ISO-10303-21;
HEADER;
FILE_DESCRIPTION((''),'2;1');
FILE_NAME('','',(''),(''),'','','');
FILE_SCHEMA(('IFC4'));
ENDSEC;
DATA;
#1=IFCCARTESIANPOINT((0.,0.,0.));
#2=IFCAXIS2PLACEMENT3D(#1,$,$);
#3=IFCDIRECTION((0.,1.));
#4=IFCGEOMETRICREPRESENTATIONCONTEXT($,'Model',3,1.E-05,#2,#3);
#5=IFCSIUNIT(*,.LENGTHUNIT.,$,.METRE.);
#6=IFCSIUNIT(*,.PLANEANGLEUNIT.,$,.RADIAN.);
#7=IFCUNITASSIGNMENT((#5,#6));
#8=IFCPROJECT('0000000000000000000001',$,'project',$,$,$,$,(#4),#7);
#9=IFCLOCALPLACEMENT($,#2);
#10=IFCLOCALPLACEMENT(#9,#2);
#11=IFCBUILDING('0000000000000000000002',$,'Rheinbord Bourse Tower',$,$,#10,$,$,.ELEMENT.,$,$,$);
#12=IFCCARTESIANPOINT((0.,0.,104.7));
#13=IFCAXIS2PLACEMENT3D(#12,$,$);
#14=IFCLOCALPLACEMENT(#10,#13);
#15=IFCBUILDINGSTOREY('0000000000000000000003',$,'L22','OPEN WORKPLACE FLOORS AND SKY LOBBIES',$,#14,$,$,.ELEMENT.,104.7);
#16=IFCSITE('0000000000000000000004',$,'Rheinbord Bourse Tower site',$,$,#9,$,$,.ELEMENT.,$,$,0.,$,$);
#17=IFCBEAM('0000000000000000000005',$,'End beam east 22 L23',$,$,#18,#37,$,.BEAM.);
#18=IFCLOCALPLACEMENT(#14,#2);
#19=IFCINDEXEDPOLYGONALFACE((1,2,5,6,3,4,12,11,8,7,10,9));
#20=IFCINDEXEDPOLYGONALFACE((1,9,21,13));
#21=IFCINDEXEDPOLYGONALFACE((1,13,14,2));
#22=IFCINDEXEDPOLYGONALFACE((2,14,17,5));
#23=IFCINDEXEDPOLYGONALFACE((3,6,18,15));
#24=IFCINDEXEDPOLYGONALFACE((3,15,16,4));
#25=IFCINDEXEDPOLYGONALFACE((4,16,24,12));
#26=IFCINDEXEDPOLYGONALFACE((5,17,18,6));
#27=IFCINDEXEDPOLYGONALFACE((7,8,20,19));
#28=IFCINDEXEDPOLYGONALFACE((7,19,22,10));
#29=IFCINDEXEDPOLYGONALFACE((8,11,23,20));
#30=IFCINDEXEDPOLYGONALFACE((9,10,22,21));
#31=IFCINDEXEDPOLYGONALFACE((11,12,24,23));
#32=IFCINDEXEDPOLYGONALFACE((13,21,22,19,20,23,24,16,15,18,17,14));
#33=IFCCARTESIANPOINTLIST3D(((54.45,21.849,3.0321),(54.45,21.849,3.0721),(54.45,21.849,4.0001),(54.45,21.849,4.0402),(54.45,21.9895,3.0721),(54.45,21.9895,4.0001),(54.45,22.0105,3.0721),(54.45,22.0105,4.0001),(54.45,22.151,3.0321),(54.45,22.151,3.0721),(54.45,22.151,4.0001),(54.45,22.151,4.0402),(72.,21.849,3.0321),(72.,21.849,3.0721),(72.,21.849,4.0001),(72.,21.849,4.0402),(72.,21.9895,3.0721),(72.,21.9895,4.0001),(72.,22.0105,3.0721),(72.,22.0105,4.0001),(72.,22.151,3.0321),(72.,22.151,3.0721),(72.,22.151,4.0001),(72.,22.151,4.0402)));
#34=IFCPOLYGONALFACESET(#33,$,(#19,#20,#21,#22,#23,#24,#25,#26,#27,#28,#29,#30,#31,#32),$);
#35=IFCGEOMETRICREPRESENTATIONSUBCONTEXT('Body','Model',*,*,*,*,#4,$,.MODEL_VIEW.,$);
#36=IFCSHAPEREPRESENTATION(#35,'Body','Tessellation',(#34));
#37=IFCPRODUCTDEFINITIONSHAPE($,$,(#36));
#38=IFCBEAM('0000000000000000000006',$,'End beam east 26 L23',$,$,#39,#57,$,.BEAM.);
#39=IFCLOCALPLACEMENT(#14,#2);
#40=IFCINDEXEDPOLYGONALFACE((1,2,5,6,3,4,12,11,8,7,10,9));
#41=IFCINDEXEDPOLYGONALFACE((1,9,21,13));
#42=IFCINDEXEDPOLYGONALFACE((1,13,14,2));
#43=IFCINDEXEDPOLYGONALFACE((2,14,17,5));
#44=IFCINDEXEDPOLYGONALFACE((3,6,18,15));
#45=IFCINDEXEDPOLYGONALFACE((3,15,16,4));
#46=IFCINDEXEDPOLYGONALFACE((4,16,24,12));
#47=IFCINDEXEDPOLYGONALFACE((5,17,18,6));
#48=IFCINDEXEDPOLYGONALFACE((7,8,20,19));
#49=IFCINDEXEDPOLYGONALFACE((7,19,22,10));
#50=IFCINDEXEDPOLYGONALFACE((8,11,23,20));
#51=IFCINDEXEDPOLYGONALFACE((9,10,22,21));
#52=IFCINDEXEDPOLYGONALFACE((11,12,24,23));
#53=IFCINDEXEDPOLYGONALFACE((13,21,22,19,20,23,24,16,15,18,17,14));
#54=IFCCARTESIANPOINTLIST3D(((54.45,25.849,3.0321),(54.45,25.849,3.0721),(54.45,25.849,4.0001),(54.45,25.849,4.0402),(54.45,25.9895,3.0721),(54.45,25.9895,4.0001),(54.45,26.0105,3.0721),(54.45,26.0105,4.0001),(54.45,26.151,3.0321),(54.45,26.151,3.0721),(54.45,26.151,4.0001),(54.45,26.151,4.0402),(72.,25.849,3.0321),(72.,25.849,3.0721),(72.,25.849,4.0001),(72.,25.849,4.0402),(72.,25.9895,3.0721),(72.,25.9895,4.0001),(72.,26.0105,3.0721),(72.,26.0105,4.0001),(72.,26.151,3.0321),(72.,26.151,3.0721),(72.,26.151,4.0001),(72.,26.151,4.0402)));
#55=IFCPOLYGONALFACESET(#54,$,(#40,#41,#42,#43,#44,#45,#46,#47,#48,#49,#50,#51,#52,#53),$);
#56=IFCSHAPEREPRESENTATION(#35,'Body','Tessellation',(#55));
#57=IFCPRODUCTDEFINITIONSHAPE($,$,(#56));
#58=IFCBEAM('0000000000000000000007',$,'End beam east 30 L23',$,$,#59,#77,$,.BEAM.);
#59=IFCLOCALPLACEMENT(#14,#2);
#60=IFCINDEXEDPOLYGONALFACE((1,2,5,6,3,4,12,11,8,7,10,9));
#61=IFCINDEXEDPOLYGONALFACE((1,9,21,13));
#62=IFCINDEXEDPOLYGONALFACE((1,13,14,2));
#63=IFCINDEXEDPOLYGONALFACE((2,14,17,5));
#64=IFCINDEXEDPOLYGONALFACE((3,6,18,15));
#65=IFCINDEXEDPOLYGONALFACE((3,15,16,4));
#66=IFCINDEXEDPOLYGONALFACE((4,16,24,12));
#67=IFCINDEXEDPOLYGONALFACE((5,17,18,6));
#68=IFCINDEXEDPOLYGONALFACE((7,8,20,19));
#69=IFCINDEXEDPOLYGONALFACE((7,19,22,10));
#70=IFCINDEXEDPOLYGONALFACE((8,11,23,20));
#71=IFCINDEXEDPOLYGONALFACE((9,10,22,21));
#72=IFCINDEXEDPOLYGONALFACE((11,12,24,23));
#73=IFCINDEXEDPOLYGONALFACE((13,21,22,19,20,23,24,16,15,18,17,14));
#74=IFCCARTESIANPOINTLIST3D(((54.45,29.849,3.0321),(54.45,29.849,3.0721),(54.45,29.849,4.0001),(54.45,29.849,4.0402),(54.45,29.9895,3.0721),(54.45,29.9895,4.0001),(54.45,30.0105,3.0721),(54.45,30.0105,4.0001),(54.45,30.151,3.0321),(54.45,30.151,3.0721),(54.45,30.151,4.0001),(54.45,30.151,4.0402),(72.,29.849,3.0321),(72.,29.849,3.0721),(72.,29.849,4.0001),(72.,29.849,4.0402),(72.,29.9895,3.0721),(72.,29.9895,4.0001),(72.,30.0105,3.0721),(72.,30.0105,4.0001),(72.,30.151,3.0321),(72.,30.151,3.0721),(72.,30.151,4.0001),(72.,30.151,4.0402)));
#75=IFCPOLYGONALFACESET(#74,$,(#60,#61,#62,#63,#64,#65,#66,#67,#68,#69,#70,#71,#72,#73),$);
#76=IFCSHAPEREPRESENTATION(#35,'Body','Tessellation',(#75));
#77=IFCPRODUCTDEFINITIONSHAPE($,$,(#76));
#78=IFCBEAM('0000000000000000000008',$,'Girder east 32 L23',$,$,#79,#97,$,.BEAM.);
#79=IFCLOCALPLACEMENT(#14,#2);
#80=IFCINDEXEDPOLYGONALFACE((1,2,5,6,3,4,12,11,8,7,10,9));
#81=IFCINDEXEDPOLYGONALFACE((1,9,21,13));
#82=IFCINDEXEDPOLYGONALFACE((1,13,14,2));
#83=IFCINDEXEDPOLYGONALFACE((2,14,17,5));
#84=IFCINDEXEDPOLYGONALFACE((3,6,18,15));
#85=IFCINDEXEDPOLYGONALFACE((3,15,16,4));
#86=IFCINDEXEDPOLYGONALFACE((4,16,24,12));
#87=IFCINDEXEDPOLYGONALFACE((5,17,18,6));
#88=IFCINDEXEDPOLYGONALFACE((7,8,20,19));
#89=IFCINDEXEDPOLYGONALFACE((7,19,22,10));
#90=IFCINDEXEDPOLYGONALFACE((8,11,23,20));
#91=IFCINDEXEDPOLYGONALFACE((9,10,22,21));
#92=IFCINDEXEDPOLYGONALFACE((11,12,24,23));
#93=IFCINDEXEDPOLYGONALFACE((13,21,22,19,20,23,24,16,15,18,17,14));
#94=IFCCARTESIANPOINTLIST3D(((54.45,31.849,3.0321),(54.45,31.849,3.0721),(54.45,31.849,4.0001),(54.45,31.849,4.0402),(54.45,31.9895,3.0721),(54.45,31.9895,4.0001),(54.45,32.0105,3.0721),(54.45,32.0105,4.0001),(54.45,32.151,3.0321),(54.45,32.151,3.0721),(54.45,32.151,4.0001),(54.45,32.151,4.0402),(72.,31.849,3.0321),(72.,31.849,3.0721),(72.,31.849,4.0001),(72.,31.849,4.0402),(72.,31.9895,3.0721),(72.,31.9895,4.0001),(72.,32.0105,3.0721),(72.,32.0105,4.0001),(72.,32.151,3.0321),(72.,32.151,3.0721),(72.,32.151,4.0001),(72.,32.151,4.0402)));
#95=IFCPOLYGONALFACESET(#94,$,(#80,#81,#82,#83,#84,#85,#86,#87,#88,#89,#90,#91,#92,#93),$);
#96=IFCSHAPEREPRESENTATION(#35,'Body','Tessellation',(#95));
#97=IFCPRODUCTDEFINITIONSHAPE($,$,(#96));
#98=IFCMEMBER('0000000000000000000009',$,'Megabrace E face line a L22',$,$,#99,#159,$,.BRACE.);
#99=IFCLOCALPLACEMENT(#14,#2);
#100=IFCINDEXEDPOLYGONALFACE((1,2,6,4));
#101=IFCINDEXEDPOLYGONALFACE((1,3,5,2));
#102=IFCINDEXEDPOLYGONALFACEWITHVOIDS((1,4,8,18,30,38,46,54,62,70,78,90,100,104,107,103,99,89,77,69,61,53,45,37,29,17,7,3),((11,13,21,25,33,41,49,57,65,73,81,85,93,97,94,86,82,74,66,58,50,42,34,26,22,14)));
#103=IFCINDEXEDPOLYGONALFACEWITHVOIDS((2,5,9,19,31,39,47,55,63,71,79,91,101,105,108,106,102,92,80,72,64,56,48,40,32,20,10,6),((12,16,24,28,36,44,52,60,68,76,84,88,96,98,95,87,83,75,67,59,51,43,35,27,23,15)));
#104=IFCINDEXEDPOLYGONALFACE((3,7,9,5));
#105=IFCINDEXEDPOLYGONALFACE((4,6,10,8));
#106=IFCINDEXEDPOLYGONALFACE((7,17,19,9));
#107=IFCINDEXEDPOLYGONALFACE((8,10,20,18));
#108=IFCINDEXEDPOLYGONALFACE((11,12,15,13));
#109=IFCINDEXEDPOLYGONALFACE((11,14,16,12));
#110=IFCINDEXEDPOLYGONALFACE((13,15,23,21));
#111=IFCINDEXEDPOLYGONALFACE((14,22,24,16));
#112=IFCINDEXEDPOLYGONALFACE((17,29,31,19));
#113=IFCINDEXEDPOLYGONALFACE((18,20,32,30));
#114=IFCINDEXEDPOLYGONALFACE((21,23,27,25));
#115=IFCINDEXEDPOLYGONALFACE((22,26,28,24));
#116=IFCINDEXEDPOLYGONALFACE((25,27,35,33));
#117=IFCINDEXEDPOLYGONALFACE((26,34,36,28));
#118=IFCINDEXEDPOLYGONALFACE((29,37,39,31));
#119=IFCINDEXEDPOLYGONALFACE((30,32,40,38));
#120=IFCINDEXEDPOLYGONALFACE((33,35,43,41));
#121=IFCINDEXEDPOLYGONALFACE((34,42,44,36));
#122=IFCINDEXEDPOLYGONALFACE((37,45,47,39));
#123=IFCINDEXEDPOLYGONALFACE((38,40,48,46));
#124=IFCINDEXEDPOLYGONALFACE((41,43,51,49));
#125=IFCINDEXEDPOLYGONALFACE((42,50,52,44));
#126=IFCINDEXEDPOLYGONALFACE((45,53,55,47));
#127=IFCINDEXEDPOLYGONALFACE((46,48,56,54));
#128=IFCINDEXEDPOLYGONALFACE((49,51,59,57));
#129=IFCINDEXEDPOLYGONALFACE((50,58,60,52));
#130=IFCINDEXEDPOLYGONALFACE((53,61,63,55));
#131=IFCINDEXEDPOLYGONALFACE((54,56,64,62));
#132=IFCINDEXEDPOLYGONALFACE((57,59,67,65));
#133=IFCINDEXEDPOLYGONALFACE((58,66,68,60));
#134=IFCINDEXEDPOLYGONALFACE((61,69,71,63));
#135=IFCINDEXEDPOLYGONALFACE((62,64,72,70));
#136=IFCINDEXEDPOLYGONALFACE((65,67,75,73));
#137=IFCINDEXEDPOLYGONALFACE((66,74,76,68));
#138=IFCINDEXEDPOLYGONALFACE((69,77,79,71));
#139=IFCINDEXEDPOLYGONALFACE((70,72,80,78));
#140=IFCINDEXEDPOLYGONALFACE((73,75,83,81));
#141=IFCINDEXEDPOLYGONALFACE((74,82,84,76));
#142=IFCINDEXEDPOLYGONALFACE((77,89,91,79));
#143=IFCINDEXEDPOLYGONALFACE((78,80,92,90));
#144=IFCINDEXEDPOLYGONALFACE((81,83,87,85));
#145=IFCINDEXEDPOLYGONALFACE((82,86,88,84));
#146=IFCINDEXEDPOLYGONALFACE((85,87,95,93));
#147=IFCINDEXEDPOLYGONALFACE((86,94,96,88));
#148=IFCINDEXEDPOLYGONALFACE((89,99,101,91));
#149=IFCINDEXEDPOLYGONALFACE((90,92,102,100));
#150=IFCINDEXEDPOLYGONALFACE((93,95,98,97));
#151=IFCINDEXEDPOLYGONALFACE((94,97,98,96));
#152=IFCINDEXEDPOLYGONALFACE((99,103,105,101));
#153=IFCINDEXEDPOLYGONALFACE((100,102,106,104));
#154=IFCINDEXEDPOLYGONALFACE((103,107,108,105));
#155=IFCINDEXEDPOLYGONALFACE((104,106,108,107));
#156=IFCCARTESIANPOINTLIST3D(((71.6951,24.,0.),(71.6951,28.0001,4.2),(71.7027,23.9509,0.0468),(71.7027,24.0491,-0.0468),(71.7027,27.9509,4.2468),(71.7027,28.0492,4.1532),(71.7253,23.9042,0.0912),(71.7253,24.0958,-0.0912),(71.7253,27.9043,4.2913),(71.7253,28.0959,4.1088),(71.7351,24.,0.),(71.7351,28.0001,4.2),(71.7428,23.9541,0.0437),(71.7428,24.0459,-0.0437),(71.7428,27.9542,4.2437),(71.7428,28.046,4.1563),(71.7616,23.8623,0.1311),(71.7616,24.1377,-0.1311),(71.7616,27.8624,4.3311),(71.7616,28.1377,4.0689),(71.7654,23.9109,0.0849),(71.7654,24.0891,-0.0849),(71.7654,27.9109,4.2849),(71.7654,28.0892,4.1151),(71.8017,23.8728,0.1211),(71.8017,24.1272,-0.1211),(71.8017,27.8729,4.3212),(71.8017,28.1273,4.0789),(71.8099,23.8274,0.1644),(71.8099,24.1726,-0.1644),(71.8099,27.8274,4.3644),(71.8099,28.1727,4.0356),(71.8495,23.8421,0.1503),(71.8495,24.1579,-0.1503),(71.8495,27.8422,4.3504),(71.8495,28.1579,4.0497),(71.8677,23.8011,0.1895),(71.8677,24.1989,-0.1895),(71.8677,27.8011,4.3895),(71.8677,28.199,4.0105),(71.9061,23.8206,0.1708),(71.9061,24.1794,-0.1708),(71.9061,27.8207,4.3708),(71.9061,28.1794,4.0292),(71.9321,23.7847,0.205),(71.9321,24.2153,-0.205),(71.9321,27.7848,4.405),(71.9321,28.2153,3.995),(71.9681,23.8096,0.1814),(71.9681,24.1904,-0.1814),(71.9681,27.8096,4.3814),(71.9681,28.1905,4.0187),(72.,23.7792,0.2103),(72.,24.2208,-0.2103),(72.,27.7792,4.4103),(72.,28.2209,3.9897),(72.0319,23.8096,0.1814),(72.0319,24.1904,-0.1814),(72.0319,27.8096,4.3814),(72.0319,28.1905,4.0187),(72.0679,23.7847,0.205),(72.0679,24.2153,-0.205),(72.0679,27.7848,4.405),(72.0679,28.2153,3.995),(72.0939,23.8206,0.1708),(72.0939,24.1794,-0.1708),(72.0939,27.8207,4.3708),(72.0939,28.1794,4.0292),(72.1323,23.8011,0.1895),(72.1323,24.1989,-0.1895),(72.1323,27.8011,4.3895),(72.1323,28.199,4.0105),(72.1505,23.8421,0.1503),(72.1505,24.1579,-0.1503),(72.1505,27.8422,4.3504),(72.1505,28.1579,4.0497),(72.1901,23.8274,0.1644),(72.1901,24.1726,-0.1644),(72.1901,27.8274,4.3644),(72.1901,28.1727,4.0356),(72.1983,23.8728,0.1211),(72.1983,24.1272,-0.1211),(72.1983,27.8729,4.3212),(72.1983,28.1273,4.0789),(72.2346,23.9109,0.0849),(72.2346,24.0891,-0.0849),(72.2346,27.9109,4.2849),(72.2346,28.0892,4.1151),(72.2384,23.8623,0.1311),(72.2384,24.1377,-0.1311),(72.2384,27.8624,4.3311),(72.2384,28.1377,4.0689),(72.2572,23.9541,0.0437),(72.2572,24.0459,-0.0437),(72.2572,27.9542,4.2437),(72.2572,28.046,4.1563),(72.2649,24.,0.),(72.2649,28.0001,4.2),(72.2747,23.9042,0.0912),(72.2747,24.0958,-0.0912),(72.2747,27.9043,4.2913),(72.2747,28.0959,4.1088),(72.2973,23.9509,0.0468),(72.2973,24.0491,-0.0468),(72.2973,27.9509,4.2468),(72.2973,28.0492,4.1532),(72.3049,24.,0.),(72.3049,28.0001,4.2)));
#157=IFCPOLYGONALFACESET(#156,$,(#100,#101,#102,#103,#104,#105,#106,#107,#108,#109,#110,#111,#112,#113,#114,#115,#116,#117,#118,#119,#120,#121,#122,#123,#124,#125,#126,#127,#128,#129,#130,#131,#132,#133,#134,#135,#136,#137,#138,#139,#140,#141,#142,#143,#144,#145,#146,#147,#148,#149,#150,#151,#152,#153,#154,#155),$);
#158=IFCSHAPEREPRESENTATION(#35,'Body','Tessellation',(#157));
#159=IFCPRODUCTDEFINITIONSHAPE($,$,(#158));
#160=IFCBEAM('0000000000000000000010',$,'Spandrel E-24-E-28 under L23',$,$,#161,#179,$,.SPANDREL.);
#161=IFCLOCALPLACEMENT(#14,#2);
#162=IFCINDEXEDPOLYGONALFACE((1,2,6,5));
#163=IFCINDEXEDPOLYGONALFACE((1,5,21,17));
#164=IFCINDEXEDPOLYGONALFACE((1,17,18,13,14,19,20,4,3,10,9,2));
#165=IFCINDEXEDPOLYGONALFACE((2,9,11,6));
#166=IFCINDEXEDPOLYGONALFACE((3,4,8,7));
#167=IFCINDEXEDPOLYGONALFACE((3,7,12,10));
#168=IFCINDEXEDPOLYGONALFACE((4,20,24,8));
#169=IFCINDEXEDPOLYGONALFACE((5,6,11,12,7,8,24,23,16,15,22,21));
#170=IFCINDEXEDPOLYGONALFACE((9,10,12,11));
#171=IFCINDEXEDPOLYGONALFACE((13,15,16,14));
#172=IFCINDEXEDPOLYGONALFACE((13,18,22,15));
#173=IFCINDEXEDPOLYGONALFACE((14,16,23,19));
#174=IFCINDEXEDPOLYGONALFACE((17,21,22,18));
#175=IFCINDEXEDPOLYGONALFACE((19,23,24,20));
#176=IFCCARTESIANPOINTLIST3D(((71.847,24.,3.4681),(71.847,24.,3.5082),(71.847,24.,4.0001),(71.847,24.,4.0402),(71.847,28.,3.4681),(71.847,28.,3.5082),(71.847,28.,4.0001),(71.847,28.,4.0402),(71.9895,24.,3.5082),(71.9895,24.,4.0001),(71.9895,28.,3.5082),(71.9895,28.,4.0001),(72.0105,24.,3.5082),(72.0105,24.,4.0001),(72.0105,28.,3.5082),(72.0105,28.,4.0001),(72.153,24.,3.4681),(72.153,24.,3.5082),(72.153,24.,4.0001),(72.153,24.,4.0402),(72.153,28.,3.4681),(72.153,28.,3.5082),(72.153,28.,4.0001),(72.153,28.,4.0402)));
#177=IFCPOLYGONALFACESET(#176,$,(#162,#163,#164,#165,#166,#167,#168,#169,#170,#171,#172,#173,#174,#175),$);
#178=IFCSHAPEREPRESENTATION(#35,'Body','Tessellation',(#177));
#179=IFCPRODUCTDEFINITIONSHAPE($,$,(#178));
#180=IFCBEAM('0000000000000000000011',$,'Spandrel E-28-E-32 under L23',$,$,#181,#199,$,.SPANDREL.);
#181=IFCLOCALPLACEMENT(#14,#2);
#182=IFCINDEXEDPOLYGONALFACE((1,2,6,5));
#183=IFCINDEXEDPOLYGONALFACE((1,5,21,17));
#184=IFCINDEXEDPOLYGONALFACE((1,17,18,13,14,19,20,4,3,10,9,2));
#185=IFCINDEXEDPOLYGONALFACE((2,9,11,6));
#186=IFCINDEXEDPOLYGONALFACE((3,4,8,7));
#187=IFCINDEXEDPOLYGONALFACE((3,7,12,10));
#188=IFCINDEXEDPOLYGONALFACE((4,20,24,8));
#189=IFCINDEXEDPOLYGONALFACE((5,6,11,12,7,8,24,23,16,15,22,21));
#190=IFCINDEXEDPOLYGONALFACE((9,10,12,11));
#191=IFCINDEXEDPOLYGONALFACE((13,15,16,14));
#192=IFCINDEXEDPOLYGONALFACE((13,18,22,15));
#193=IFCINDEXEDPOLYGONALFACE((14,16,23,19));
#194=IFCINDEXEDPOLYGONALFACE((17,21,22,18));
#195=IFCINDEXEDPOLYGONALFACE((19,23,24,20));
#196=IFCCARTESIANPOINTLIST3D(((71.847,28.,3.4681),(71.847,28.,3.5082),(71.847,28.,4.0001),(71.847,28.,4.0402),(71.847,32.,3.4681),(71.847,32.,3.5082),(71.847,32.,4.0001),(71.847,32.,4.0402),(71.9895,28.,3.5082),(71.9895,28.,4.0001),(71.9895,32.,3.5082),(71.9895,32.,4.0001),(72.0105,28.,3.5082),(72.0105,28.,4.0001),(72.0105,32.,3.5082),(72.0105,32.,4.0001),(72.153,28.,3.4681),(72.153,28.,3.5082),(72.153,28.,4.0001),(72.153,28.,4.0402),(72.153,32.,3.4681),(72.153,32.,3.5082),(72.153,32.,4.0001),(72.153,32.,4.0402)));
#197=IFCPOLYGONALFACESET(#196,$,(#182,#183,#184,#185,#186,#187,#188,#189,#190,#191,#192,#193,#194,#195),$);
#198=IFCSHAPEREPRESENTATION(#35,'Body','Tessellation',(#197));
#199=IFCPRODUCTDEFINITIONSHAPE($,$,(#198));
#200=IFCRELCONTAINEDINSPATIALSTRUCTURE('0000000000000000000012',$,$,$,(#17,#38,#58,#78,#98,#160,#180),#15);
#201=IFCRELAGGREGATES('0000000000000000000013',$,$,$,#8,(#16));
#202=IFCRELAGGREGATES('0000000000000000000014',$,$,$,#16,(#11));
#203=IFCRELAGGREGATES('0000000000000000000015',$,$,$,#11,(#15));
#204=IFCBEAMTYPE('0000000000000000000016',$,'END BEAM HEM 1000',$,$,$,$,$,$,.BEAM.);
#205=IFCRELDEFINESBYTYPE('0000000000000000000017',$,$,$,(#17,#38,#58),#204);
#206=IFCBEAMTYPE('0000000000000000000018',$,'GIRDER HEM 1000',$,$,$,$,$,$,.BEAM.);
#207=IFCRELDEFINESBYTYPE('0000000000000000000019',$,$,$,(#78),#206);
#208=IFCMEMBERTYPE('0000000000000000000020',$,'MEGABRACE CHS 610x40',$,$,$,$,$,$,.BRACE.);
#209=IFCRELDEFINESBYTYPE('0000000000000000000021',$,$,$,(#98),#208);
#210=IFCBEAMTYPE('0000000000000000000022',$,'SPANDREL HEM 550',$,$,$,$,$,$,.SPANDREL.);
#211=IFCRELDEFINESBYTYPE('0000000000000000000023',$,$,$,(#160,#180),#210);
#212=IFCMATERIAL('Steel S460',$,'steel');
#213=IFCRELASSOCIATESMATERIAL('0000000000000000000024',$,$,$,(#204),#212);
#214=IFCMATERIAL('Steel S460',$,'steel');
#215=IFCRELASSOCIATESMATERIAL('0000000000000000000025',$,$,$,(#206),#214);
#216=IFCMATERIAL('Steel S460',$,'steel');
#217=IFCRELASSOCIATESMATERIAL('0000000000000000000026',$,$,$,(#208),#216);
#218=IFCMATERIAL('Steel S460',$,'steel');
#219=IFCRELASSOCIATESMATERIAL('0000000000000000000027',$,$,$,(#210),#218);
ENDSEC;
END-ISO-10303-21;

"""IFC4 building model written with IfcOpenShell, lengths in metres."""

from ifc_helpers import new_model, si_unit, direction, frame, origin, origin_2d, place, context, subcontext, project, spatial, hollow_circle, i_section, extrude, material, material_profile, profile_set, type_object, element, save


model = new_model("IFC4")

# Units and contexts
model_context = context("Model", 3, precision=1e-05, world=origin(), true_north=direction((0.0, 1.0)))
body_context = subcontext(model_context, "Body", "Model", "MODEL_VIEW")
ifc_project = project(units=[si_unit("LENGTHUNIT", "METRE"), si_unit("PLANEANGLEUNIT", "RADIAN")], contexts=[model_context])

# Site, building, storey
site_placement = place(None, origin())
site = spatial("IfcSite", under=ifc_project, at=site_placement, Name="Rheinbord Bourse Tower site", CompositionType="ELEMENT", RefElevation=0.0)
building_placement = place(site_placement, origin())
building = spatial("IfcBuilding", under=site, at=building_placement, Name="Rheinbord Bourse Tower", CompositionType="ELEMENT")
storey_placement = place(building_placement, frame((0.0, 0.0, 104.7)))
storey = spatial("IfcBuildingStorey", under=building, at=storey_placement, Name="L22", Description="OPEN WORKPLACE FLOORS AND SKY LOBBIES", CompositionType="ELEMENT", Elevation=104.7)

# Beams
ifc_material_1 = material(Name="Steel S460", Category="steel")
ifc_material_profile_1 = material_profile(ifc_material_1, i_section(OverallWidth=0.302, OverallDepth=1.0081, WebThickness=0.021, FlangeThickness=0.04, at=origin_2d()), Name="HEM 1000")
ifc_profile_set_1 = profile_set([ifc_material_profile_1], Name="Steel S460")
beam_type_1 = type_object("IfcBeamType", Name="END BEAM HEM 1000", PredefinedType="BEAM", material=ifc_profile_set_1)
for number, where, z_axis, x_axis, name in (
    (1, (54.45, 22.0, 3.5361), (1.0, 0.0, 0.0), (0.0, 1.0, 0.0), "End beam east 22 L23"),
    (2, (54.45, 26.0, 3.5361), (1.0, 0.0, 0.0), (0.0, 1.0, 0.0), "End beam east 26 L23"),
    (3, (54.45, 30.0, 3.5361), (1.0, 0.0, 0.0), (0.0, 1.0, 0.0), "End beam east 30 L23"),
):
    element("IfcBeam", number, at=place(storey_placement, frame(where, z_axis=z_axis, x_axis=x_axis)), inside=storey, type_object=beam_type_1, Name=name, PredefinedType="BEAM", context=body_context, shape_type="SweptSolid", body=[
        extrude(i_section(OverallWidth=0.302, OverallDepth=1.0081, WebThickness=0.021, FlangeThickness=0.04, at=origin_2d()), origin(), (0.0, 0.0, 1.0), 17.55),
    ])
ifc_material_2 = material(Name="Steel S460", Category="steel")
ifc_material_profile_2 = material_profile(ifc_material_2, i_section(OverallWidth=0.302, OverallDepth=1.0081, WebThickness=0.021, FlangeThickness=0.04, at=origin_2d()), Name="HEM 1000")
ifc_profile_set_2 = profile_set([ifc_material_profile_2], Name="Steel S460")
beam_type_2 = type_object("IfcBeamType", Name="GIRDER HEM 1000", PredefinedType="BEAM", material=ifc_profile_set_2)
beam_1_placement = place(storey_placement, frame((54.45, 32.0, 3.5361), z_axis=(1.0, 0.0, 0.0), x_axis=(0.0, 1.0, 0.0)))
element("IfcBeam", 4, at=beam_1_placement, inside=storey, type_object=beam_type_2, Name="Girder east 32 L23", PredefinedType="BEAM", context=body_context, shape_type="SweptSolid", body=[
    extrude(i_section(OverallWidth=0.302, OverallDepth=1.0081, WebThickness=0.021, FlangeThickness=0.04, at=origin_2d()), origin(), (0.0, 0.0, 1.0), 17.55),
])

# Member
ifc_material_3 = material(Name="Steel S460", Category="steel")
ifc_material_profile_3 = material_profile(ifc_material_3, hollow_circle(Radius=0.3049, WallThickness=0.04, at=origin_2d()), Name="CHS 610x40")
ifc_profile_set_3 = profile_set([ifc_material_profile_3], Name="Steel S460")
member_type_1 = type_object("IfcMemberType", Name="MEGABRACE CHS 610x40", PredefinedType="BRACE", material=ifc_profile_set_3)
member_1_placement = place(storey_placement, frame((72.0, 24.0, 0.0), z_axis=(0.0, 0.689659, 0.724134), x_axis=(-1.0, 0.0, 0.0)))
element("IfcMember", 5, at=member_1_placement, inside=storey, type_object=member_type_1, Name="Megabrace E face line a L22", PredefinedType="BRACE", context=body_context, shape_type="SweptSolid", body=[
    extrude(hollow_circle(Radius=0.3049, WallThickness=0.04, at=origin_2d()), origin(), (0.0, 0.0, 1.0), 5.8),
])

# Beams
ifc_material_4 = material(Name="Steel S460", Category="steel")
ifc_material_profile_4 = material_profile(ifc_material_4, i_section(OverallWidth=0.3059, OverallDepth=0.572, WebThickness=0.021, FlangeThickness=0.04, at=origin_2d()), Name="HEM 550")
ifc_profile_set_4 = profile_set([ifc_material_profile_4], Name="Steel S460")
beam_type_3 = type_object("IfcBeamType", Name="SPANDREL HEM 550", PredefinedType="SPANDREL", material=ifc_profile_set_4)
for number, where, z_axis, x_axis, name in (
    (6, (72.0, 24.0, 3.7542), (0.0, 1.0, 0.0), (-1.0, 0.0, 0.0), "Spandrel E-24-E-28 under L23"),
    (7, (72.0, 28.0, 3.7542), (0.0, 1.0, 0.0), (-1.0, 0.0, 0.0), "Spandrel E-28-E-32 under L23"),
):
    element("IfcBeam", number, at=place(storey_placement, frame(where, z_axis=z_axis, x_axis=x_axis)), inside=storey, type_object=beam_type_3, Name=name, PredefinedType="SPANDREL", context=body_context, shape_type="SweptSolid", body=[
        extrude(i_section(OverallWidth=0.3059, OverallDepth=0.572, WebThickness=0.021, FlangeThickness=0.04, at=origin_2d()), origin(), (0.0, 0.0, 1.0), 4.0),
    ])

save(model, "model.ifc")
